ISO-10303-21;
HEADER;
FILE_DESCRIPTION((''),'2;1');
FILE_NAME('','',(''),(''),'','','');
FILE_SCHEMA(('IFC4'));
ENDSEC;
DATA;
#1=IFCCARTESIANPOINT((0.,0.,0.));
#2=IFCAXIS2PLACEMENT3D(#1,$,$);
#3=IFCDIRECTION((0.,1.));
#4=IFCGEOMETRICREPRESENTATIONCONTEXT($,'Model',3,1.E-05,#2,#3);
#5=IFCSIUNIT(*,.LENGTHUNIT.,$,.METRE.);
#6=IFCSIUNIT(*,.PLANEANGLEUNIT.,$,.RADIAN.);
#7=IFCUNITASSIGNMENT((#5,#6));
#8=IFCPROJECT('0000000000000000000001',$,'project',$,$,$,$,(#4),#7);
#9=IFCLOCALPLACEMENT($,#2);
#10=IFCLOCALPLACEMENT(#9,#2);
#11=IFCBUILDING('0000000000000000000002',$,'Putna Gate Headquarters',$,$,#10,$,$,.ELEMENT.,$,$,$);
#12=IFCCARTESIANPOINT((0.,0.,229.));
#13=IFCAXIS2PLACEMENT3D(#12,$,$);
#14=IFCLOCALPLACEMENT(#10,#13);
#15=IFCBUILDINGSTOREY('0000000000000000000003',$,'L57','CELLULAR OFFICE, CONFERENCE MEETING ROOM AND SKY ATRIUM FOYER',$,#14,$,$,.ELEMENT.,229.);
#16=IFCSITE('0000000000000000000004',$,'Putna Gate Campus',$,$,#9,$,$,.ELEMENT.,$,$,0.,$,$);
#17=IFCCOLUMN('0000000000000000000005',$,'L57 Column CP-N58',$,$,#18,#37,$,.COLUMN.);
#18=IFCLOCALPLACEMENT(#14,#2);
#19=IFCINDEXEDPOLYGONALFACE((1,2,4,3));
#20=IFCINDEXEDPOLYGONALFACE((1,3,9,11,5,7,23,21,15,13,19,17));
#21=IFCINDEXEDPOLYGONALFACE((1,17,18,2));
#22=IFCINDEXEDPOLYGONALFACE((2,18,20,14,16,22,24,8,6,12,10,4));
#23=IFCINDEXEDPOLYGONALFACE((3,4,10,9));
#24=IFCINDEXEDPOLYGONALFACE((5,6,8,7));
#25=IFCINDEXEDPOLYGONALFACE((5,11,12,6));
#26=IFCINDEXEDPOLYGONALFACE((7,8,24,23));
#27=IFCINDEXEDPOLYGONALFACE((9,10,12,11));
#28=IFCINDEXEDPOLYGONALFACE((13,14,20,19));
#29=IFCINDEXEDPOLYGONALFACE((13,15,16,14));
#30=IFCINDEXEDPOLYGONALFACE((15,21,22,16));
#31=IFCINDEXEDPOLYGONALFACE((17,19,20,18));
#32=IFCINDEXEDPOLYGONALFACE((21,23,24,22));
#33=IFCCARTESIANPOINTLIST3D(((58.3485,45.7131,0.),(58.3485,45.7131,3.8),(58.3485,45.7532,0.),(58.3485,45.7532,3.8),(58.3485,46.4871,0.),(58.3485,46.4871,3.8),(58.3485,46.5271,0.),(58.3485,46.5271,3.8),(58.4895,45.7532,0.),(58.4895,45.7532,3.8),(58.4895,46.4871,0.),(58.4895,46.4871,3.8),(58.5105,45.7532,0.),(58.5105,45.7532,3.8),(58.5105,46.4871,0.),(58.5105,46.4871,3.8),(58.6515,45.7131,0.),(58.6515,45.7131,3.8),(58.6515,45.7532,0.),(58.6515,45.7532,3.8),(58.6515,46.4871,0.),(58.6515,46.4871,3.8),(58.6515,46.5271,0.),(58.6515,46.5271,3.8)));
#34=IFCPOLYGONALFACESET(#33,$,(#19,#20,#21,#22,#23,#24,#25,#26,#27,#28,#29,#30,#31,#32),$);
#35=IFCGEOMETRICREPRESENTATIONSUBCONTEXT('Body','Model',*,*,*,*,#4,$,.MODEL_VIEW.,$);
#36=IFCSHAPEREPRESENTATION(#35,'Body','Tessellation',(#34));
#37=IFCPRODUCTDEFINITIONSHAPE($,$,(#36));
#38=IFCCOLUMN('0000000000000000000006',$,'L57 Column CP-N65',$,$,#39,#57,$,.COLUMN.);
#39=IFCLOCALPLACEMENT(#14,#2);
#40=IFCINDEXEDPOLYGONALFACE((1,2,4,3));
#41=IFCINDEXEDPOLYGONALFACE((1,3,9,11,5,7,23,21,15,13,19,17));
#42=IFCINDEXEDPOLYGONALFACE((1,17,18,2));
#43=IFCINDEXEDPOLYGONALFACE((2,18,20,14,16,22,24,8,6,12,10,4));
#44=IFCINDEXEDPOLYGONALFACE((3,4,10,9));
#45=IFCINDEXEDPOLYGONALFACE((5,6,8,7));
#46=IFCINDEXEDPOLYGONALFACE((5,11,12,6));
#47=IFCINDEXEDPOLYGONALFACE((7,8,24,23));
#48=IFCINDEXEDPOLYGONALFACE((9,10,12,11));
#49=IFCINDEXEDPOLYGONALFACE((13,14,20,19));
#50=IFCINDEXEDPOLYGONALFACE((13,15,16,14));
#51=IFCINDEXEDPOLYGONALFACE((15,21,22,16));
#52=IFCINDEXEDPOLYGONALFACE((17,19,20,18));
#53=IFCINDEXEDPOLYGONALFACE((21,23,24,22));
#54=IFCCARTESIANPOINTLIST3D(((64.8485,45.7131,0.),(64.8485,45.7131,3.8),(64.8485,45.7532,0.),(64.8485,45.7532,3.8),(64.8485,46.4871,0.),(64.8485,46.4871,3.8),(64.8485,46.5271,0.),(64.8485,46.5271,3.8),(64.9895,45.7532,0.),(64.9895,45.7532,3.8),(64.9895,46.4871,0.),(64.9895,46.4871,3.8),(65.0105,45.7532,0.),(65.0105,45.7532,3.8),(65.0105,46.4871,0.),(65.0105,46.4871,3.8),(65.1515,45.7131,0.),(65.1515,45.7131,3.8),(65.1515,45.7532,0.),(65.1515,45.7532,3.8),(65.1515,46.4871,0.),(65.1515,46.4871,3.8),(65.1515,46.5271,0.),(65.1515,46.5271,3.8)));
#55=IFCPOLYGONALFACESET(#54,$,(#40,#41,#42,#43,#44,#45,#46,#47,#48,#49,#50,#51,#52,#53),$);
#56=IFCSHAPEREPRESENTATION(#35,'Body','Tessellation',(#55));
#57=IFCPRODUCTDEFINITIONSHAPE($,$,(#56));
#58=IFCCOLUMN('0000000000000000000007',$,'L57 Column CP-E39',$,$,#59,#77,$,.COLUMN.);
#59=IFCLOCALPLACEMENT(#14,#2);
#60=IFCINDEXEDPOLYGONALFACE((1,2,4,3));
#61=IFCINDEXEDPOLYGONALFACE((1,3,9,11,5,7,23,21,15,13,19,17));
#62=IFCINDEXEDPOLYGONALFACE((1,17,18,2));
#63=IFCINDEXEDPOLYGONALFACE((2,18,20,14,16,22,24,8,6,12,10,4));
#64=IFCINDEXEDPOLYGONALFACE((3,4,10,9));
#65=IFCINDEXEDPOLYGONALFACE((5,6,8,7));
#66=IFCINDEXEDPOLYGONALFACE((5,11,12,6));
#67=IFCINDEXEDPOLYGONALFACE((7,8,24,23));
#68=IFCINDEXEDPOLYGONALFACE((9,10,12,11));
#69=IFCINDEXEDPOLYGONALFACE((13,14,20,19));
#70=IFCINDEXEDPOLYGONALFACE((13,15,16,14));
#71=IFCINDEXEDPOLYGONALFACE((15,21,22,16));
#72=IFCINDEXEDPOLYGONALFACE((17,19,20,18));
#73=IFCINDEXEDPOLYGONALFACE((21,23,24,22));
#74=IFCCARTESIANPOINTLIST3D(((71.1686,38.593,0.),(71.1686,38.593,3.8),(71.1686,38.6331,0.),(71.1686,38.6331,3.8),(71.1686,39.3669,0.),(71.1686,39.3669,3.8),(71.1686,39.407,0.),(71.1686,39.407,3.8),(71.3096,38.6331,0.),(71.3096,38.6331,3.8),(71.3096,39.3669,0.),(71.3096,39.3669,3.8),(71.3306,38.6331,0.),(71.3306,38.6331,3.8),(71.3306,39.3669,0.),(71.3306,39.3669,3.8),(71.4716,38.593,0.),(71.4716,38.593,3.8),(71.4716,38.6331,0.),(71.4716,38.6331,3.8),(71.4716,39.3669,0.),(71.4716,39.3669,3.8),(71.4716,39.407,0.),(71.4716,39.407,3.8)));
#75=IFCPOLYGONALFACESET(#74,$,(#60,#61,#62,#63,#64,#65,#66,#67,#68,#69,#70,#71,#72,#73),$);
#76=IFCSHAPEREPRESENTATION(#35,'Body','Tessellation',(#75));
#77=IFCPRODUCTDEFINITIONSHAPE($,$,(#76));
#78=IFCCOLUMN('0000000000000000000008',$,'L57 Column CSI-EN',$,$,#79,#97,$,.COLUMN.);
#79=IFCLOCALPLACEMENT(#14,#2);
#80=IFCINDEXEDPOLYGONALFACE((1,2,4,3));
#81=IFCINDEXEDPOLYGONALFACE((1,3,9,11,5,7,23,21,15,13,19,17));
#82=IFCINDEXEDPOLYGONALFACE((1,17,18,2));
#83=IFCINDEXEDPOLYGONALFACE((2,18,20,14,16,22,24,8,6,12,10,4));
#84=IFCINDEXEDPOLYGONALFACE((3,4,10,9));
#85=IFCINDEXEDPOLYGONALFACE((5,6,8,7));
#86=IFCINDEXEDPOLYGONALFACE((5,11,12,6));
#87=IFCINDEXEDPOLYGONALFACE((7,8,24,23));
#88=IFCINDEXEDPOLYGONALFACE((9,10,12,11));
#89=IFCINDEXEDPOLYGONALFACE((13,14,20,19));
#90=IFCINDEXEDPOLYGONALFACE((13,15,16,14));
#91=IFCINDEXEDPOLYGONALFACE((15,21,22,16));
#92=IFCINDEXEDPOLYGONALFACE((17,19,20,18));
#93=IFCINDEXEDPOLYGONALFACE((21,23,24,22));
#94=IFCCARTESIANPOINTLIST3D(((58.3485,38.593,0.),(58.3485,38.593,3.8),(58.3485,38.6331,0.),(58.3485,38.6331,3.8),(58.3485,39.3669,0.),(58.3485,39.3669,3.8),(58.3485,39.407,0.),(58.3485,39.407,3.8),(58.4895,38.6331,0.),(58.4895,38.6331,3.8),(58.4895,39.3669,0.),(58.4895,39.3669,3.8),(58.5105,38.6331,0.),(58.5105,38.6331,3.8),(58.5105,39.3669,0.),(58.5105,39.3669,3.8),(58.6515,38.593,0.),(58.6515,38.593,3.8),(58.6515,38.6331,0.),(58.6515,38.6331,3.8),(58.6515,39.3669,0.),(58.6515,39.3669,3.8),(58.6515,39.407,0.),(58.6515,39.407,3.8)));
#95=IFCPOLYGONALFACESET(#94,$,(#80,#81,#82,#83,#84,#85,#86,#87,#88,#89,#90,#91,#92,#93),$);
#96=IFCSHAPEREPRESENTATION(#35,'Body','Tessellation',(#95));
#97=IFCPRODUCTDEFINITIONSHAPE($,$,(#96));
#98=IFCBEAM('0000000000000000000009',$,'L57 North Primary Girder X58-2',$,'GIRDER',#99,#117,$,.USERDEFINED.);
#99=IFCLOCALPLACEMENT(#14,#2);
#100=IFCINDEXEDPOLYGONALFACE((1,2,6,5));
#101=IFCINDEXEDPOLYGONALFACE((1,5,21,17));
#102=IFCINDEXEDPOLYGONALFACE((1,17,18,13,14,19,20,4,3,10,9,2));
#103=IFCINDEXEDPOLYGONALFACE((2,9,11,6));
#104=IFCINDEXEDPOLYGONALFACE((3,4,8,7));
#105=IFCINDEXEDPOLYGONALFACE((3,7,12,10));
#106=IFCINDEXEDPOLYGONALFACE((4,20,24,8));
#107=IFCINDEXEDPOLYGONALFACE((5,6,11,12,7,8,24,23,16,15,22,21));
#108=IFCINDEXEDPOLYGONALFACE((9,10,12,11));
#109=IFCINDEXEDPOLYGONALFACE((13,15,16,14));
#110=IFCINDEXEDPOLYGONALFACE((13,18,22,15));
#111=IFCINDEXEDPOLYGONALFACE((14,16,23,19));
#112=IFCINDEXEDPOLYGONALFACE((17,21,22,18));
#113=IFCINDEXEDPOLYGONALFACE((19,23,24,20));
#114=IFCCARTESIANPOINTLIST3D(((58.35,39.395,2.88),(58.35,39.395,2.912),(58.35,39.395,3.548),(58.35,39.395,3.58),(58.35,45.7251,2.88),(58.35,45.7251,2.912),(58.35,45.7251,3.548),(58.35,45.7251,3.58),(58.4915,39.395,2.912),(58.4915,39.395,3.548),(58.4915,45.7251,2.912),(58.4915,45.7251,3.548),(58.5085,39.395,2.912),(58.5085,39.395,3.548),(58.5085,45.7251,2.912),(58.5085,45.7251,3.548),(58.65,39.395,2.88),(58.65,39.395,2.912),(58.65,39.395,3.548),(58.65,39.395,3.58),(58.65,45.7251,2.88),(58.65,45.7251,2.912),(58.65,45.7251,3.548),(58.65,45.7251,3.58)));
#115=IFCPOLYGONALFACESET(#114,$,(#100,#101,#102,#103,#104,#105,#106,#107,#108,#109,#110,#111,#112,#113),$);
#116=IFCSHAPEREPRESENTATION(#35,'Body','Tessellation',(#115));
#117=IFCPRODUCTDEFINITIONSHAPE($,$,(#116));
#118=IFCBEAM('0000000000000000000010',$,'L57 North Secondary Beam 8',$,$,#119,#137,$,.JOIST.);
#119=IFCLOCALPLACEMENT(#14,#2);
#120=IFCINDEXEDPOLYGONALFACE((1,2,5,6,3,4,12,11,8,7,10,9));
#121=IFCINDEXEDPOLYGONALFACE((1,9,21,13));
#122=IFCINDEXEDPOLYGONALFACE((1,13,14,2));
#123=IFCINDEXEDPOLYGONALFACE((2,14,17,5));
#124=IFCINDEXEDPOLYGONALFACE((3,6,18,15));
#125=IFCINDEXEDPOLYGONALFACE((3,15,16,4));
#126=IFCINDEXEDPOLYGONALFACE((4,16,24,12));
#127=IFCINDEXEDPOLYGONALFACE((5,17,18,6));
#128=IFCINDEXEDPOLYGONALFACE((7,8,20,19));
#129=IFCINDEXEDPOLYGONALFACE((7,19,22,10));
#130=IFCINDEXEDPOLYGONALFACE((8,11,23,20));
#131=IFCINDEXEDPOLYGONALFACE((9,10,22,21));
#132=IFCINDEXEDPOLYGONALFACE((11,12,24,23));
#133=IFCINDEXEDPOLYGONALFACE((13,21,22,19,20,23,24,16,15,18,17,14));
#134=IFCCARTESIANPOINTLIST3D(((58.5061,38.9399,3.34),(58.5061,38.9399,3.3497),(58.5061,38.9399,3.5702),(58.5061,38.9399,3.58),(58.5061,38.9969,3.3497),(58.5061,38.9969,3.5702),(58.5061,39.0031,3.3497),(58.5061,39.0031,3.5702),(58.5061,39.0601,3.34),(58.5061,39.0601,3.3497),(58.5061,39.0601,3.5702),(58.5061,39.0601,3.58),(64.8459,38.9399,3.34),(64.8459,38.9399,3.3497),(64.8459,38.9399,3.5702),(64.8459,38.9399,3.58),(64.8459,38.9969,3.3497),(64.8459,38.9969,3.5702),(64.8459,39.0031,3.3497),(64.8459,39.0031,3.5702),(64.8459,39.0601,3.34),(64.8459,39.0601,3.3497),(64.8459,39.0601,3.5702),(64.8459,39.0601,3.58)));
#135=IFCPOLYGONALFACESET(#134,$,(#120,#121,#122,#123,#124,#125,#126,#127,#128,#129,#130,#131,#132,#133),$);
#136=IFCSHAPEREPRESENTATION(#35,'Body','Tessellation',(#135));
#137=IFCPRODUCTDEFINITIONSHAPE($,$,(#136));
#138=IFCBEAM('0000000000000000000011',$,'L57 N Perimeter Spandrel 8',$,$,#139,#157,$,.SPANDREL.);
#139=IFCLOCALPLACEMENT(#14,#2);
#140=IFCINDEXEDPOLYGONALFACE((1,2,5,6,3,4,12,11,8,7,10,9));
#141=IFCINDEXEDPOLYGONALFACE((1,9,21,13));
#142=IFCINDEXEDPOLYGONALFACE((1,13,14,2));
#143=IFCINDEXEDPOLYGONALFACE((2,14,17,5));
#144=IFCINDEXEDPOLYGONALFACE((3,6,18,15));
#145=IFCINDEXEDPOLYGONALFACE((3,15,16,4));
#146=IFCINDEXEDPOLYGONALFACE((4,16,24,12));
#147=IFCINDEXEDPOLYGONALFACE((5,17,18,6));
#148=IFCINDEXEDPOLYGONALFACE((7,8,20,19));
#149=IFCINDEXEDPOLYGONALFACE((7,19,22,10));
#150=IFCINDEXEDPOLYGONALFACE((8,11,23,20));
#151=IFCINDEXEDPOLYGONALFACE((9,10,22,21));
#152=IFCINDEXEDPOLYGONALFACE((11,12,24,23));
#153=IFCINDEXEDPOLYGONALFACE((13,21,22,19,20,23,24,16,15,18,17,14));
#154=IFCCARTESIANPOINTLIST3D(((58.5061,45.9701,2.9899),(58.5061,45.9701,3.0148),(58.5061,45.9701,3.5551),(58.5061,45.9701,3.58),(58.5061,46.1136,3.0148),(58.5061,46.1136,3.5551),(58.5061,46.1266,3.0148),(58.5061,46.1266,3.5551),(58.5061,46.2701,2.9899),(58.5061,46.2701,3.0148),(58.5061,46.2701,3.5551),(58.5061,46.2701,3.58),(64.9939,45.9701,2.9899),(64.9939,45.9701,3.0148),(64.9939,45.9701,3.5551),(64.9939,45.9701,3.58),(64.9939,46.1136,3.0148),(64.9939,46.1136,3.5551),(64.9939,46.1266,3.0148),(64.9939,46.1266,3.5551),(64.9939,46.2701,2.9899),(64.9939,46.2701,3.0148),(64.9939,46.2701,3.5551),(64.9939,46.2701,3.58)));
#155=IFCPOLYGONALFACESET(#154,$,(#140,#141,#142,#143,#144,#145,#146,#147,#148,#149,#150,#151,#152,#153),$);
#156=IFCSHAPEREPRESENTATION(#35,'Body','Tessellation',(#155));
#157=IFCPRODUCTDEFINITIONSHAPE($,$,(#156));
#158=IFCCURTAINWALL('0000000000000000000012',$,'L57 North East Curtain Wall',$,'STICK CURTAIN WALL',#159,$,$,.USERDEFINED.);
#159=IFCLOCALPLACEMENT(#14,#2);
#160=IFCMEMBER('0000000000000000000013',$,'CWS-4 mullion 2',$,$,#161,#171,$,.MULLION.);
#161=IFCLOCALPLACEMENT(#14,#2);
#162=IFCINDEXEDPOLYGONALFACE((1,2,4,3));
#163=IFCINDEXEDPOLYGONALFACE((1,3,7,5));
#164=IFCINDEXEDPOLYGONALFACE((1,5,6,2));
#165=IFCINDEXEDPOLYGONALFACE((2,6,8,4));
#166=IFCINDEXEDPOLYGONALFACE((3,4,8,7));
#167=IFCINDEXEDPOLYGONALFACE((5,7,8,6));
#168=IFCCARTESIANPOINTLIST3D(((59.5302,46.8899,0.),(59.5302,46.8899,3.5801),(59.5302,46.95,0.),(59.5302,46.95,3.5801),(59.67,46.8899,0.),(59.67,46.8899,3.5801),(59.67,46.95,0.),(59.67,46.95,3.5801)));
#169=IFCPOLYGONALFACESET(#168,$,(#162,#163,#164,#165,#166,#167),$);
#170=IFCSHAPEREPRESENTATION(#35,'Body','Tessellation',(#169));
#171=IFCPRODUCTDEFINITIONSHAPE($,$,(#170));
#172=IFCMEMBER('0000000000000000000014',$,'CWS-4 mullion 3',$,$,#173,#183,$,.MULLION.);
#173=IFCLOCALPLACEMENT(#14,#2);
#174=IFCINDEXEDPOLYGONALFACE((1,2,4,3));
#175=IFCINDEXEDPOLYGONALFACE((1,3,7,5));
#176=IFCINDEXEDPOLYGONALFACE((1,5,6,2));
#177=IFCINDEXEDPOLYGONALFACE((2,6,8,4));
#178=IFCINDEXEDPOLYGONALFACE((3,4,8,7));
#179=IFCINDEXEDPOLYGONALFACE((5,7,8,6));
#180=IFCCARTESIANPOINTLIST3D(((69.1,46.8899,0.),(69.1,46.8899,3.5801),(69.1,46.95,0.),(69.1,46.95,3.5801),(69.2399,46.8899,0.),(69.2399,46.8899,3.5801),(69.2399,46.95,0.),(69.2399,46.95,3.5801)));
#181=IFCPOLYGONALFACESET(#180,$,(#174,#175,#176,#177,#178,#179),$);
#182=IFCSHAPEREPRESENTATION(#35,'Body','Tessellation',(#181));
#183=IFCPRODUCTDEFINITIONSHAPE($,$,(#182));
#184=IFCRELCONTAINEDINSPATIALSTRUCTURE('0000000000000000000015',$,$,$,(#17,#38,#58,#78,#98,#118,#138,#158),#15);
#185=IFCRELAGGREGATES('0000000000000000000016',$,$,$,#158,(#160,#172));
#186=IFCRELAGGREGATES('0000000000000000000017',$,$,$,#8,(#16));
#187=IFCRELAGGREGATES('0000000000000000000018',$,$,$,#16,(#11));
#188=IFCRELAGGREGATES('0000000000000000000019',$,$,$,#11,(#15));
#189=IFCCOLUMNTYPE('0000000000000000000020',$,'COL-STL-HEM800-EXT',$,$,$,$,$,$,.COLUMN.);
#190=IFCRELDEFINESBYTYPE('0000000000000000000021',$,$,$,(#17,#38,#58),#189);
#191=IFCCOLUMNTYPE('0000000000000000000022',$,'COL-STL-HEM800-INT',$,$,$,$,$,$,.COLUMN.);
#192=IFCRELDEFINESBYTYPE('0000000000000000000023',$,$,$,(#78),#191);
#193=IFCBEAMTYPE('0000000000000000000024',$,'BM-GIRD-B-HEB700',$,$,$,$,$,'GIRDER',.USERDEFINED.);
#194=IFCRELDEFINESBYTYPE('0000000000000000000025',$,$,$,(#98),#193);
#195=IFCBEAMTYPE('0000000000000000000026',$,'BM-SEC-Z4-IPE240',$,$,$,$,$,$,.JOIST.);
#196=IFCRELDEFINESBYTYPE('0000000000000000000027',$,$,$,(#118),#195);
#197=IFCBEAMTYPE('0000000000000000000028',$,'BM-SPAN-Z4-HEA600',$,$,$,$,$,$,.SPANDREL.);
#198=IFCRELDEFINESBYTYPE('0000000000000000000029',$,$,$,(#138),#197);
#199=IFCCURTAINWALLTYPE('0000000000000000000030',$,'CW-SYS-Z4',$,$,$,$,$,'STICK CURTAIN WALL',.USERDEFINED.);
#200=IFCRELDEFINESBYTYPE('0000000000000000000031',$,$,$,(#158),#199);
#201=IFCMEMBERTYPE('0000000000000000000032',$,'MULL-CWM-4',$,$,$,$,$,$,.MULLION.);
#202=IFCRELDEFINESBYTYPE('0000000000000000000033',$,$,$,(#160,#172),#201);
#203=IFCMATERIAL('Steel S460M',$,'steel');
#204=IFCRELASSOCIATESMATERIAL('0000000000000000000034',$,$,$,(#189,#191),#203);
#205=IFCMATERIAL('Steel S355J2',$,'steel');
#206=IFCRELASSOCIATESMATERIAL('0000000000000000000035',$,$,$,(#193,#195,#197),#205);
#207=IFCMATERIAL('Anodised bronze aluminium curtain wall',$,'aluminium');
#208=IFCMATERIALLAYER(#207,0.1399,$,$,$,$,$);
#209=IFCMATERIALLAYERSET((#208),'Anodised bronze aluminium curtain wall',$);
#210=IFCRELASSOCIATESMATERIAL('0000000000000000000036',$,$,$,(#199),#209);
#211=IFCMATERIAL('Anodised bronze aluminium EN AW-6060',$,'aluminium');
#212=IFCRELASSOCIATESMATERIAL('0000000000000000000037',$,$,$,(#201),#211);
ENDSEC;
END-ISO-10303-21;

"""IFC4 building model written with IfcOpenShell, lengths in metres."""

from ifc_helpers import new_model, si_unit, direction, frame, origin, origin_2d, place, context, subcontext, project, spatial, rectangle, i_section, extrude, material, layer, layer_set, material_profile, profile_set, type_object, element, aggregate, save


model = new_model("IFC4")

# Units and contexts
model_context = context("Model", 3, precision=1e-05, world=origin(), true_north=direction((0.0, 1.0)))
body_context = subcontext(model_context, "Body", "Model", "MODEL_VIEW")
ifc_project = project(units=[si_unit("LENGTHUNIT", "METRE"), si_unit("PLANEANGLEUNIT", "RADIAN")], contexts=[model_context])

# Site, building, storey
site_placement = place(None, origin())
site = spatial("IfcSite", under=ifc_project, at=site_placement, Name="Putna Gate Campus", CompositionType="ELEMENT", RefElevation=0.0)
building_placement = place(site_placement, origin())
building = spatial("IfcBuilding", under=site, at=building_placement, Name="Putna Gate Headquarters", CompositionType="ELEMENT")
storey_placement = place(building_placement, frame((0.0, 0.0, 229.0)))
storey = spatial("IfcBuildingStorey", under=building, at=storey_placement, Name="L57", Description="CELLULAR OFFICE, CONFERENCE MEETING ROOM AND SKY ATRIUM FOYER", CompositionType="ELEMENT", Elevation=229.0)

# Columns
ifc_material_1 = material(Name="Steel S460M", Category="steel")
ifc_material_profile_1 = material_profile(ifc_material_1, i_section(OverallWidth=0.303, OverallDepth=0.814, WebThickness=0.021, FlangeThickness=0.04, at=origin_2d()), Name="Steel S460M")
ifc_profile_set_1 = profile_set([ifc_material_profile_1], Name="Steel S460M")
column_type_1 = type_object("IfcColumnType", Name="COL-STL-HEM800-EXT", PredefinedType="COLUMN", material=ifc_profile_set_1)
for number, where, z_axis, x_axis, name in (
    (1, (58.5, 46.1201, 0.0), (0.0, 0.0, 1.0), (1.0, 0.0, 0.0), "L57 Column CP-N58"),
    (2, (65.0, 46.1201, 0.0), (0.0, 0.0, 1.0), (1.0, 0.0, 0.0), "L57 Column CP-N65"),
    (3, (71.3201, 39.0, 0.0), (0.0, 0.0, 1.0), (1.0, 0.0, 0.0), "L57 Column CP-E39"),
):
    element("IfcColumn", number, at=place(storey_placement, frame(where, z_axis=z_axis, x_axis=x_axis)), inside=storey, type_object=column_type_1, Name=name, PredefinedType="COLUMN", context=body_context, shape_type="SweptSolid", body=[
        extrude(i_section(OverallWidth=0.303, OverallDepth=0.814, WebThickness=0.021, FlangeThickness=0.04, at=origin_2d()), origin(), (0.0, 0.0, 1.0), 3.8),
    ])
ifc_material_profile_2 = material_profile(ifc_material_1, i_section(OverallWidth=0.303, OverallDepth=0.814, WebThickness=0.021, FlangeThickness=0.04, at=origin_2d()), Name="Steel S460M")
ifc_profile_set_2 = profile_set([ifc_material_profile_2], Name="Steel S460M")
column_type_2 = type_object("IfcColumnType", Name="COL-STL-HEM800-INT", PredefinedType="COLUMN", material=ifc_profile_set_2)
column_placement = place(storey_placement, frame((58.5, 39.0, 0.0), z_axis=(0.0, 0.0, 1.0), x_axis=(1.0, 0.0, 0.0)))
element("IfcColumn", 4, at=column_placement, inside=storey, type_object=column_type_2, Name="L57 Column CSI-EN", PredefinedType="COLUMN", context=body_context, shape_type="SweptSolid", body=[
    extrude(i_section(OverallWidth=0.303, OverallDepth=0.814, WebThickness=0.021, FlangeThickness=0.04, at=origin_2d()), origin(), (0.0, 0.0, 1.0), 3.8),
])

# Beams
ifc_material_2 = material(Name="Steel S355J2", Category="steel")
ifc_material_profile_3 = material_profile(ifc_material_2, i_section(OverallWidth=0.3, OverallDepth=0.7, WebThickness=0.0171, FlangeThickness=0.032, at=origin_2d()), Name="Steel S355J2")
ifc_profile_set_3 = profile_set([ifc_material_profile_3], Name="Steel S355J2")
beam_type_1 = type_object("IfcBeamType", Name="BM-GIRD-B-HEB700", ElementType="GIRDER", PredefinedType="USERDEFINED", material=ifc_profile_set_3)
beam_1_placement = place(storey_placement, frame((58.5, 39.395, 3.23), z_axis=(0.0, 1.0, 0.0), x_axis=(-1.0, 0.0, 0.0)))
element("IfcBeam", 5, at=beam_1_placement, inside=storey, type_object=beam_type_1, Name="L57 North Primary Girder X58-2", ObjectType="GIRDER", PredefinedType="USERDEFINED", context=body_context, shape_type="SweptSolid", body=[
    extrude(i_section(OverallWidth=0.3, OverallDepth=0.7, WebThickness=0.0171, FlangeThickness=0.032, at=origin_2d()), origin(), (0.0, 0.0, 1.0), 6.3301),
])
ifc_material_profile_4 = material_profile(ifc_material_2, i_section(OverallWidth=0.1201, OverallDepth=0.24, WebThickness=0.0061, FlangeThickness=0.0098, at=origin_2d()), Name="Steel S355J2")
ifc_profile_set_4 = profile_set([ifc_material_profile_4], Name="Steel S355J2")
beam_type_2 = type_object("IfcBeamType", Name="BM-SEC-Z4-IPE240", PredefinedType="JOIST", material=ifc_profile_set_4)
beam_2_placement = place(storey_placement, frame((58.5061, 39.0, 3.46), z_axis=(1.0, 0.0, 0.0), x_axis=(0.0, 1.0, 0.0)))
element("IfcBeam", 6, at=beam_2_placement, inside=storey, type_object=beam_type_2, Name="L57 North Secondary Beam 8", PredefinedType="JOIST", context=body_context, shape_type="SweptSolid", body=[
    extrude(i_section(OverallWidth=0.1201, OverallDepth=0.24, WebThickness=0.0061, FlangeThickness=0.0098, at=origin_2d()), origin(), (0.0, 0.0, 1.0), 6.3398),
])
ifc_material_profile_5 = material_profile(ifc_material_2, i_section(OverallWidth=0.3, OverallDepth=0.5901, WebThickness=0.0129, FlangeThickness=0.0249, at=origin_2d()), Name="Steel S355J2")
ifc_profile_set_5 = profile_set([ifc_material_profile_5], Name="Steel S355J2")
beam_type_3 = type_object("IfcBeamType", Name="BM-SPAN-Z4-HEA600", PredefinedType="SPANDREL", material=ifc_profile_set_5)
beam_3_placement = place(storey_placement, frame((58.5061, 46.1201, 3.2849), z_axis=(1.0, 0.0, 0.0), x_axis=(0.0, 1.0, 0.0)))
element("IfcBeam", 7, at=beam_3_placement, inside=storey, type_object=beam_type_3, Name="L57 N Perimeter Spandrel 8", PredefinedType="SPANDREL", context=body_context, shape_type="SweptSolid", body=[
    extrude(i_section(OverallWidth=0.3, OverallDepth=0.5901, WebThickness=0.0129, FlangeThickness=0.0249, at=origin_2d()), origin(), (0.0, 0.0, 1.0), 6.4878),
])

# Curtain wall, members
ifc_material_3 = material(Name="Anodised bronze aluminium curtain wall", Category="aluminium")
ifc_layer_1 = layer(ifc_material_3, 0.1399)
ifc_layer_set_1 = layer_set([ifc_layer_1], Name="Anodised bronze aluminium curtain wall")
curtain_wall_type = type_object("IfcCurtainWallType", Name="CW-SYS-Z4", ElementType="STICK CURTAIN WALL", PredefinedType="USERDEFINED", material=ifc_layer_set_1)
curtain_wall_1_placement = place(storey_placement, origin())
curtain_wall_1 = element("IfcCurtainWall", 8, at=curtain_wall_1_placement, inside=storey, type_object=curtain_wall_type, Name="L57 North East Curtain Wall", ObjectType="STICK CURTAIN WALL", PredefinedType="USERDEFINED")
ifc_material_4 = material(Name="Anodised bronze aluminium EN AW-6060", Category="aluminium")
ifc_material_profile_6 = material_profile(ifc_material_4, rectangle(XDim=0.0601, YDim=0.1399, at=origin_2d()), Name="Anodised bronze aluminium EN AW-6060")
ifc_profile_set_6 = profile_set([ifc_material_profile_6], Name="Anodised bronze aluminium EN AW-6060")
member_type_1 = type_object("IfcMemberType", Name="MULL-CWM-4", PredefinedType="MULLION", material=ifc_profile_set_6)
member_1_placement = place(storey_placement, frame((59.6001, 46.9199, 0.0), z_axis=(0.0, 0.0, 1.0), x_axis=(0.0, 1.0, 0.0)))
member_1 = element("IfcMember", 9, at=member_1_placement, type_object=member_type_1, Name="CWS-4 mullion 2", PredefinedType="MULLION", context=body_context, shape_type="SweptSolid", body=[
    extrude(rectangle(XDim=0.0601, YDim=0.1399, at=origin_2d()), origin(), (0.0, 0.0, 1.0), 3.5801),
])
member_2_placement = place(storey_placement, frame((69.1699, 46.9199, 0.0), z_axis=(0.0, 0.0, 1.0), x_axis=(0.0, 1.0, 0.0)))
member_2 = element("IfcMember", 10, at=member_2_placement, type_object=member_type_1, Name="CWS-4 mullion 3", PredefinedType="MULLION", context=body_context, shape_type="SweptSolid", body=[
    extrude(rectangle(XDim=0.0601, YDim=0.1399, at=origin_2d()), origin(), (0.0, 0.0, 1.0), 3.5801),
])

aggregate(curtain_wall_1, [member_1, member_2])

save(model, "model.ifc")
